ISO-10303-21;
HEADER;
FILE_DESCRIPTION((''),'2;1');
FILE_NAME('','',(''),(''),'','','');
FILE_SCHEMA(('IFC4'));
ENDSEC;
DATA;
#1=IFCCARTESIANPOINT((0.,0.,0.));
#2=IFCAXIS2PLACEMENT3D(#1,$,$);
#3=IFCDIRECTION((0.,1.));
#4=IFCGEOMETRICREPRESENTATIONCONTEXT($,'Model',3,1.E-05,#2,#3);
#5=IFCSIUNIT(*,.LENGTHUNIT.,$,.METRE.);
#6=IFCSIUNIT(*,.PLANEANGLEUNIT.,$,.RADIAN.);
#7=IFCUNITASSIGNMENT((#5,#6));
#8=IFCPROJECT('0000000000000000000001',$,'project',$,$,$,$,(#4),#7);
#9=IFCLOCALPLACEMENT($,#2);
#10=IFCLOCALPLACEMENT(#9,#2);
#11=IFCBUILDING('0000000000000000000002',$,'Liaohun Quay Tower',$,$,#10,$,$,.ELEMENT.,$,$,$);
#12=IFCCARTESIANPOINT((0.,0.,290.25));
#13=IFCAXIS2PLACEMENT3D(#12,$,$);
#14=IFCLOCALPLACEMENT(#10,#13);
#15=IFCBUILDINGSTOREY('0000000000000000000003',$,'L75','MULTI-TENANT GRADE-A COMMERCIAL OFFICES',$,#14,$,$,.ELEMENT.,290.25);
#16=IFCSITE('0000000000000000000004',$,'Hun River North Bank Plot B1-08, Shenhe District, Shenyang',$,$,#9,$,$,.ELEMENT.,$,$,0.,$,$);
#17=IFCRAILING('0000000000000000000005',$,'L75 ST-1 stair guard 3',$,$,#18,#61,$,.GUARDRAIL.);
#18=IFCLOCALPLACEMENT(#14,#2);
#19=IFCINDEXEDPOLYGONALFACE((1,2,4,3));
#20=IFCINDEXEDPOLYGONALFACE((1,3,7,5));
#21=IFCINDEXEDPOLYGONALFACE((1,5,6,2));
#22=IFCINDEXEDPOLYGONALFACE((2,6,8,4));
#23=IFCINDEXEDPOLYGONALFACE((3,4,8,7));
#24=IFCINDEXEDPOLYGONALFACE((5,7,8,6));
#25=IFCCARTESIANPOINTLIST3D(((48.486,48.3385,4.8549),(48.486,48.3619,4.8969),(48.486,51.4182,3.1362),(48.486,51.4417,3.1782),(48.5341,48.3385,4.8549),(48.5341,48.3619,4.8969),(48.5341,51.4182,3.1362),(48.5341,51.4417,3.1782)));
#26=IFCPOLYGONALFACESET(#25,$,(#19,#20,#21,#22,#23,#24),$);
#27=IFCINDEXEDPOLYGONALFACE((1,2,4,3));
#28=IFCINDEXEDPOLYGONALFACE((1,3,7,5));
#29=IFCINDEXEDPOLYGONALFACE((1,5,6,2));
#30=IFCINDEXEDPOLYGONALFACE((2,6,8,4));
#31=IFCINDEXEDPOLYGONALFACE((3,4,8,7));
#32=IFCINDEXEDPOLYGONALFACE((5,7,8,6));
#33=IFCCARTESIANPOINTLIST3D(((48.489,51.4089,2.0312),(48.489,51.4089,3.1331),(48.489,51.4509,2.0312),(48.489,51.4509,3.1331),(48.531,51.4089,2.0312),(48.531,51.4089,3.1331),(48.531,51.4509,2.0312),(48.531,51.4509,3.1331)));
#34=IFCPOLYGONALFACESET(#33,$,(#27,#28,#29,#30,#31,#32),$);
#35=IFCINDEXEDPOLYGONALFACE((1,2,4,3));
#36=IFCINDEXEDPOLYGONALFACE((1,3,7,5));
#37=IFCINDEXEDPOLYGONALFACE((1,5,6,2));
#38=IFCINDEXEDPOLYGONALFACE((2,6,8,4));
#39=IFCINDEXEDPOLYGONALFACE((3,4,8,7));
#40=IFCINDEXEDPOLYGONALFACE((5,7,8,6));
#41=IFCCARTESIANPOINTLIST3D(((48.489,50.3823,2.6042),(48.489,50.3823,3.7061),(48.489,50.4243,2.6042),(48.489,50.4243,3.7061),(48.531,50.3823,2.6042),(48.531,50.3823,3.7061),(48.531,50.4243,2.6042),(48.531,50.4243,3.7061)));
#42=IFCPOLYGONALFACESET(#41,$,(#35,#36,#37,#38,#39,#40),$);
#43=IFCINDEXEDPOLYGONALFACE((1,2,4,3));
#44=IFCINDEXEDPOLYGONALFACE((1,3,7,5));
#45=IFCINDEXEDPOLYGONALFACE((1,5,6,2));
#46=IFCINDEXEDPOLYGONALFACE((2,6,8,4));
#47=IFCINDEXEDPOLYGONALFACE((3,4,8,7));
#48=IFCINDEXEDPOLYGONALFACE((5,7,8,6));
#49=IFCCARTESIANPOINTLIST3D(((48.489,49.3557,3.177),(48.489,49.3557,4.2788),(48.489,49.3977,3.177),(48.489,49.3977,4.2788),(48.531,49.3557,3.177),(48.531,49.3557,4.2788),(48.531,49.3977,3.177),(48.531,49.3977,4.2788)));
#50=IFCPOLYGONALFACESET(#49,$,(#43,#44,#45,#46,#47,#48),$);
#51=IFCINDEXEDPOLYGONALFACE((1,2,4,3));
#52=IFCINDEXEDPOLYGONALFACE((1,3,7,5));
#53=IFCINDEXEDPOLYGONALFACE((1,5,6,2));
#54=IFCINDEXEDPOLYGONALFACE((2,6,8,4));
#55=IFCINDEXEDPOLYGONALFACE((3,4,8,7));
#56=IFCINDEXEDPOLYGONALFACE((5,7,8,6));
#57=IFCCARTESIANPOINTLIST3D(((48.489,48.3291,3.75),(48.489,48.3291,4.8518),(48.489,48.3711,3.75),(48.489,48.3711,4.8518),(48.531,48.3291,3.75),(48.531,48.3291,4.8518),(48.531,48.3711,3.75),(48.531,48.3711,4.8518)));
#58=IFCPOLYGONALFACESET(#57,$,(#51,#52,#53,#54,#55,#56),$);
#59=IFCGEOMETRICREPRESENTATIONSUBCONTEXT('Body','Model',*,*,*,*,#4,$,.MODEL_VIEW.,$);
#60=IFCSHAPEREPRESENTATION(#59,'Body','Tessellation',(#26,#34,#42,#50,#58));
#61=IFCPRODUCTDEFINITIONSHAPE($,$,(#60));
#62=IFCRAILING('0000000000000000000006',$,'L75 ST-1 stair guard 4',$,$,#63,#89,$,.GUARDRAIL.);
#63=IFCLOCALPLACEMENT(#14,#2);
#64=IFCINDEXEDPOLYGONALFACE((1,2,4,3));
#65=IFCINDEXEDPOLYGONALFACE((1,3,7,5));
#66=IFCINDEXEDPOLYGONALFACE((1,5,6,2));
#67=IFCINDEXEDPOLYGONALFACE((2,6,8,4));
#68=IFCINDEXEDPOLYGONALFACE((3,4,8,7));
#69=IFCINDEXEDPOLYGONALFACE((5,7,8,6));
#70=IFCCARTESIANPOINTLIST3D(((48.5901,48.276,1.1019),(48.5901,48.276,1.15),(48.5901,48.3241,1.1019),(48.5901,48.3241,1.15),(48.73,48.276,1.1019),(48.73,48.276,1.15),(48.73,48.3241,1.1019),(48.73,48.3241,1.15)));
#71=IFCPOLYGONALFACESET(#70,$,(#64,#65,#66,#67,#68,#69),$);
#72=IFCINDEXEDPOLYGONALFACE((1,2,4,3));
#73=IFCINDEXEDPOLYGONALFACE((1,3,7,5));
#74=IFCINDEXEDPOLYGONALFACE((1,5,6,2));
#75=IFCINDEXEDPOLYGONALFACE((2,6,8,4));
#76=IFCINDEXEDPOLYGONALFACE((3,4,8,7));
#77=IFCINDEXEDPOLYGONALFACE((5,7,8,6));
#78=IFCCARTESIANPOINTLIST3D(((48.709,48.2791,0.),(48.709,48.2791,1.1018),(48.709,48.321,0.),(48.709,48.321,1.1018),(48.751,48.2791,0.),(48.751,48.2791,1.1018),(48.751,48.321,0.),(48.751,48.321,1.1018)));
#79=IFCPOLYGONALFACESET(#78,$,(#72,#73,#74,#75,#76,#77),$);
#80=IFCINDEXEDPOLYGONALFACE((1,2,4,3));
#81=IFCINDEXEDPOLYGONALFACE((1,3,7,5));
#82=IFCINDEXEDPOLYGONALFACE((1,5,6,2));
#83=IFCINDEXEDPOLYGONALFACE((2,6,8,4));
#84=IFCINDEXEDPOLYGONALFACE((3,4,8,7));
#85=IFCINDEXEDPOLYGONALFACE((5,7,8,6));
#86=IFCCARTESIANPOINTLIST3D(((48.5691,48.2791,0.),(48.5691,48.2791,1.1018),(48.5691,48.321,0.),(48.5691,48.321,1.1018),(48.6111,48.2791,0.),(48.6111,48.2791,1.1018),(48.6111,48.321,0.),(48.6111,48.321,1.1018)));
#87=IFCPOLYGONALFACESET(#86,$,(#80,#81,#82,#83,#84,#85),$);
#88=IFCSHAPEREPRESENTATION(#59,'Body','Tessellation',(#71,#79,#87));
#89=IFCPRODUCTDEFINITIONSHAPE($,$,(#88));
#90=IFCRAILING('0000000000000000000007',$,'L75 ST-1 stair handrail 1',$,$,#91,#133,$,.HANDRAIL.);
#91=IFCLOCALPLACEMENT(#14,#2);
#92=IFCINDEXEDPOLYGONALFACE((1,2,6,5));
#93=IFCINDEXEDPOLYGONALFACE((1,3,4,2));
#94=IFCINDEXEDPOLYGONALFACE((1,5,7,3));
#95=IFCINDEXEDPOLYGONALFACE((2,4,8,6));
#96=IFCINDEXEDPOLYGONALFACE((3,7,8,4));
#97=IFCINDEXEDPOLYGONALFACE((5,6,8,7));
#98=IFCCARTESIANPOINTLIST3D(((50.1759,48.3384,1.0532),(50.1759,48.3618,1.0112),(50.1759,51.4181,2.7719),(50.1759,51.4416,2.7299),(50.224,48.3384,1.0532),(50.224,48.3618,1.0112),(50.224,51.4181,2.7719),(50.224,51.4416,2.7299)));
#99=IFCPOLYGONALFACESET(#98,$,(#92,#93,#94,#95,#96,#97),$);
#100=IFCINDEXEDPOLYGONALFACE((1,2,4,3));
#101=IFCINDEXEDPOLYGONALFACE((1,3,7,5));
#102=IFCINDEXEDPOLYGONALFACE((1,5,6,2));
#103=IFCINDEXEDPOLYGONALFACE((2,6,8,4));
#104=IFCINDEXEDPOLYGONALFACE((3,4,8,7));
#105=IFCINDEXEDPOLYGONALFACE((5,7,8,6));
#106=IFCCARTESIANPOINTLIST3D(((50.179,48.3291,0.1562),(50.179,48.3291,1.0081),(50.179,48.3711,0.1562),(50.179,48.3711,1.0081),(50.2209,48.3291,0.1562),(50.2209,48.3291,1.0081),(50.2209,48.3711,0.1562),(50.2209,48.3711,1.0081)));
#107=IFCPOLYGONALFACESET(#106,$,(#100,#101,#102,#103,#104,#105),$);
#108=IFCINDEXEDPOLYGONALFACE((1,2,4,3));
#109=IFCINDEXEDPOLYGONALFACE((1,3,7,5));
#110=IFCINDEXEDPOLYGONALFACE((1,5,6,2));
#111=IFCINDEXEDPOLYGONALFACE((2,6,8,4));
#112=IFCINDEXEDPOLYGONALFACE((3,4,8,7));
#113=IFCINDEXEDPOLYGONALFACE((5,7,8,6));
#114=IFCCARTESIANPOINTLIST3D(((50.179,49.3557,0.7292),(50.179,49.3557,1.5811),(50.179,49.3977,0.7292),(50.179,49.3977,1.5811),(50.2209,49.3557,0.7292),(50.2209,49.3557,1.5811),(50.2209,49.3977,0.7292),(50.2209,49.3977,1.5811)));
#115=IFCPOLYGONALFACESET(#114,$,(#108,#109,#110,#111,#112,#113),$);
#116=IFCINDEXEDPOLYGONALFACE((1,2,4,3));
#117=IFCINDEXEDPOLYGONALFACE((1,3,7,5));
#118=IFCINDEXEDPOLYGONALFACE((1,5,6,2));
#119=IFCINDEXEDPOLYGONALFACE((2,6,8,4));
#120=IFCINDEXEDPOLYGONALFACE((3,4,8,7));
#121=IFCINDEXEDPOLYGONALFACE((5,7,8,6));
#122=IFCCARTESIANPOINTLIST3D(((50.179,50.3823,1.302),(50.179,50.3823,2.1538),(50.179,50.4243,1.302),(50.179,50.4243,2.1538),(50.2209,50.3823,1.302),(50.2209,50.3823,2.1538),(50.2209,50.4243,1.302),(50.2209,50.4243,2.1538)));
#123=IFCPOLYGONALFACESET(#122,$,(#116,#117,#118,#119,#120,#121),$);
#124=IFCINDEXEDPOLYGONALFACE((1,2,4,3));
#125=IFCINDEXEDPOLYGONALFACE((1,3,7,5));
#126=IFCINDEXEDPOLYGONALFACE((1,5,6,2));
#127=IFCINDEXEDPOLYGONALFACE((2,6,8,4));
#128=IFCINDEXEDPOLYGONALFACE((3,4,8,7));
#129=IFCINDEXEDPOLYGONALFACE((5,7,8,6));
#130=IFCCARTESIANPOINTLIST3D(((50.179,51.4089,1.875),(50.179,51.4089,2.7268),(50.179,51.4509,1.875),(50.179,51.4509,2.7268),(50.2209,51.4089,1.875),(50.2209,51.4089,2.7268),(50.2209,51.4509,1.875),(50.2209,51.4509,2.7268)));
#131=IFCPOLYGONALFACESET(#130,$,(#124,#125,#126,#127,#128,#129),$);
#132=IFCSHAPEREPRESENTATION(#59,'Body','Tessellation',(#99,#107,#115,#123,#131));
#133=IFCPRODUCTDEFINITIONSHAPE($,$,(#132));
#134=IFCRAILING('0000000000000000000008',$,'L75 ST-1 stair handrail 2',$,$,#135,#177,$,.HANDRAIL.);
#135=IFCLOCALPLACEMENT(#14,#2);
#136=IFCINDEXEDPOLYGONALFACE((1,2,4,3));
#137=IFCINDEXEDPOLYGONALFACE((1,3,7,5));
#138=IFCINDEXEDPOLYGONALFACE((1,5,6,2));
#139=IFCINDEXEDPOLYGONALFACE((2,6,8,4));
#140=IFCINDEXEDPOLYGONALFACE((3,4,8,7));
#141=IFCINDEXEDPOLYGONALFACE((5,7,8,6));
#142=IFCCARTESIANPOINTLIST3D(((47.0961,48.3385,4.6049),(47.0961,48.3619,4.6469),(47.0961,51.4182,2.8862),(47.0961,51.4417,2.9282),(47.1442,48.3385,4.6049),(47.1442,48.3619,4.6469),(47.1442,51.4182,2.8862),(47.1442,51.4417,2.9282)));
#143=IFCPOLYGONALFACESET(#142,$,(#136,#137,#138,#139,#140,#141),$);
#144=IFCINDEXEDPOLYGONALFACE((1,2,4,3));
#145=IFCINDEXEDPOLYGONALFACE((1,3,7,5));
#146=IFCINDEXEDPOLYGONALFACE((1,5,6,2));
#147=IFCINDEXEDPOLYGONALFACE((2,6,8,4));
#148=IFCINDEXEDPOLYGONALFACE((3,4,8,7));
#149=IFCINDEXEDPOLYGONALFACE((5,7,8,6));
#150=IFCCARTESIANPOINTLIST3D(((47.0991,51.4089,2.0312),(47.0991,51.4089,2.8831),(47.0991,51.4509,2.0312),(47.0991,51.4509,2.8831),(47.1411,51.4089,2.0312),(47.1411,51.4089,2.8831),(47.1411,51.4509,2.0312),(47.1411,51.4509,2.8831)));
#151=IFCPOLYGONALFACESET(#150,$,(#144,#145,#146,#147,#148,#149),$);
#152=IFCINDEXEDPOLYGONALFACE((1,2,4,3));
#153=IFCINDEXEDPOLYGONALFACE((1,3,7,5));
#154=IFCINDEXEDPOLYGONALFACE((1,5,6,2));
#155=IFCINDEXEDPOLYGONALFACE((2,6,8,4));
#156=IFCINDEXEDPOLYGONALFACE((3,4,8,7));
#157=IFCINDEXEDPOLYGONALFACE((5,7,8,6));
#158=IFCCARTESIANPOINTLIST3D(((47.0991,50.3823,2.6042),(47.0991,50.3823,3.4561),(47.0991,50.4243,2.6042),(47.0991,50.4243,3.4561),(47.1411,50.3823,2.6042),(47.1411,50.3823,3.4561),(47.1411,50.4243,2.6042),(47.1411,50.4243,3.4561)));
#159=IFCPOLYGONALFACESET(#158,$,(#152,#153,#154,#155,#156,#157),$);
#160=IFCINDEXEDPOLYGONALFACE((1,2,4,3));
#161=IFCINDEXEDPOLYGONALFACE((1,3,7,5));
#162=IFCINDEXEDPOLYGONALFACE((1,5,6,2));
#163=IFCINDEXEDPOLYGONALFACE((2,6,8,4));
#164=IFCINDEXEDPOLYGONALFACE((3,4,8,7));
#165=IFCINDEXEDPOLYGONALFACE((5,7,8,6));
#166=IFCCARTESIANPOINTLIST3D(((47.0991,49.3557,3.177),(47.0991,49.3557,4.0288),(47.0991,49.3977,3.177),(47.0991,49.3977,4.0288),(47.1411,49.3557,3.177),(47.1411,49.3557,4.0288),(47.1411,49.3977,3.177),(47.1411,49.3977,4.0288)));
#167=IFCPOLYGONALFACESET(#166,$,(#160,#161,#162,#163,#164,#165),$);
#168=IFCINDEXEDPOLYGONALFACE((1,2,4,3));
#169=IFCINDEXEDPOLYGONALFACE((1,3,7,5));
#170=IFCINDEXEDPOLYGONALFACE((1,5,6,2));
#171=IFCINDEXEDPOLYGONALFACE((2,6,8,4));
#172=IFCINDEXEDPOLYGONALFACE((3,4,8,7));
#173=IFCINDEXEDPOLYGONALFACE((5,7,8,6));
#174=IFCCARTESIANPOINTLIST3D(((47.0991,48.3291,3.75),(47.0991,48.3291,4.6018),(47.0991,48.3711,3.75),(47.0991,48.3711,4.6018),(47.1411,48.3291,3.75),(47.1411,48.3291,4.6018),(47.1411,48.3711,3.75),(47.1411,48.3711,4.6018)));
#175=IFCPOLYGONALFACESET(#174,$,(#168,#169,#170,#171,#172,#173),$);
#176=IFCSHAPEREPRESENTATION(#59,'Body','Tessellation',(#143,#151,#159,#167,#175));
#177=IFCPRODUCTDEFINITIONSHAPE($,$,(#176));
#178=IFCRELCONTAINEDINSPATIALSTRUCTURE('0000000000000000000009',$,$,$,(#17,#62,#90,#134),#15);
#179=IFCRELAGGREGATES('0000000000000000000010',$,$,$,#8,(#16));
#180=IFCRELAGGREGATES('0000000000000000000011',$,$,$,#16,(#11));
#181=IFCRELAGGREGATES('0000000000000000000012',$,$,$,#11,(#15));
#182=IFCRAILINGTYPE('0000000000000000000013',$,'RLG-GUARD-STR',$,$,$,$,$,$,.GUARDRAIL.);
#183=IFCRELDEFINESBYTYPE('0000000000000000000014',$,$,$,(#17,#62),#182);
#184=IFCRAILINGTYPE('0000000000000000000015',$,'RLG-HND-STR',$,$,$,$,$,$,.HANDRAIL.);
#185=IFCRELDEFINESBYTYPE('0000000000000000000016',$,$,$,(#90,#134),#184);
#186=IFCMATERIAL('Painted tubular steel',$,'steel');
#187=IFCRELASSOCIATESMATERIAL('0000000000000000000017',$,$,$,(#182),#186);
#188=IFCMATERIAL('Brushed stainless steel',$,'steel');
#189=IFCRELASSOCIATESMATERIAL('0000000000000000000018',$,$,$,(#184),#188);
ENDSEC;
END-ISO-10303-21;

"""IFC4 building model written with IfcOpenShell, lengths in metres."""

from ifc_helpers import new_model, si_unit, direction, frame, origin, origin_2d, place, context, subcontext, project, spatial, rectangle, extrude, material, type_object, element, save


model = new_model("IFC4")

# Units and contexts
model_context = context("Model", 3, precision=1e-05, world=origin(), true_north=direction((0.0, 1.0)))
body_context = subcontext(model_context, "Body", "Model", "MODEL_VIEW")
ifc_project = project(units=[si_unit("LENGTHUNIT", "METRE"), si_unit("PLANEANGLEUNIT", "RADIAN")], contexts=[model_context])

# Site, building, storey
site_placement = place(None, origin())
site = spatial("IfcSite", under=ifc_project, at=site_placement, Name="Hun River North Bank Plot B1-08, Shenhe District, Shenyang", CompositionType="ELEMENT", RefElevation=0.0)
building_placement = place(site_placement, origin())
building = spatial("IfcBuilding", under=site, at=building_placement, Name="Liaohun Quay Tower", CompositionType="ELEMENT")
storey_placement = place(building_placement, frame((0.0, 0.0, 290.25)))
storey = spatial("IfcBuildingStorey", under=building, at=storey_placement, Name="L75", Description="MULTI-TENANT GRADE-A COMMERCIAL OFFICES", CompositionType="ELEMENT", Elevation=290.25)

# Railings
ifc_material_1 = material(Name="Painted tubular steel", Category="steel")
railing_type_1 = type_object("IfcRailingType", Name="RLG-GUARD-STR", PredefinedType="GUARDRAIL", material=ifc_material_1)
railing_1_placement = place(storey_placement, frame((48.51, 51.4299, 2.0312)))
element("IfcRailing", 1, at=railing_1_placement, inside=storey, type_object=railing_type_1, Name="L75 ST-1 stair guard 3", PredefinedType="GUARDRAIL", context=body_context, shape_type="SweptSolid", body=[
    extrude(rectangle(XDim=0.0481, YDim=0.0481, at=origin_2d()), frame((0.0, 0.0, 1.126), z_axis=(0.0, -0.873225, 0.487317), x_axis=(1.0, 0.0, 0.0)), (0.0, 0.0, 1.0), 3.5269),
    extrude(rectangle(XDim=0.042, YDim=0.042, at=origin_2d()), origin(), (0.0, 0.0, 1.0), 1.1018),
    extrude(rectangle(XDim=0.042, YDim=0.042, at=origin_2d()), frame((0.0, -1.0266, 0.573)), (0.0, 0.0, 1.0), 1.1018),
    extrude(rectangle(XDim=0.042, YDim=0.042, at=origin_2d()), frame((0.0, -2.0532, 1.1458)), (0.0, 0.0, 1.0), 1.1018),
    extrude(rectangle(XDim=0.042, YDim=0.042, at=origin_2d()), frame((0.0, -3.0798, 1.7188)), (0.0, 0.0, 1.0), 1.1018),
])
railing_2_placement = place(storey_placement, frame((48.73, 48.3, 0.0)))
element("IfcRailing", 2, at=railing_2_placement, inside=storey, type_object=railing_type_1, Name="L75 ST-1 stair guard 4", PredefinedType="GUARDRAIL", context=body_context, shape_type="SweptSolid", body=[
    extrude(rectangle(XDim=0.0481, YDim=0.0481, at=origin_2d()), frame((0.0, 0.0, 1.126), z_axis=(-1.0, 0.0, 0.0), x_axis=(0.0, -1.0, 0.0)), (0.0, 0.0, 1.0), 0.1399),
    extrude(rectangle(XDim=0.042, YDim=0.042, at=origin_2d()), origin(), (0.0, 0.0, 1.0), 1.1018),
    extrude(rectangle(XDim=0.042, YDim=0.042, at=origin_2d()), frame((-0.1399, 0.0, 0.0)), (0.0, 0.0, 1.0), 1.1018),
])
ifc_material_2 = material(Name="Brushed stainless steel", Category="steel")
railing_type_2 = type_object("IfcRailingType", Name="RLG-HND-STR", PredefinedType="HANDRAIL", material=ifc_material_2)
railing_3_placement = place(storey_placement, frame((50.2, 48.3501, 0.1562)))
element("IfcRailing", 3, at=railing_3_placement, inside=storey, type_object=railing_type_2, Name="L75 ST-1 stair handrail 1", PredefinedType="HANDRAIL", context=body_context, shape_type="SweptSolid", body=[
    extrude(rectangle(XDim=0.0481, YDim=0.0481, at=origin_2d()), frame((0.0, 0.0, 0.876), z_axis=(0.0, 0.873225, 0.487317), x_axis=(-1.0, 0.0, 0.0)), (0.0, 0.0, 1.0), 3.5269),
    extrude(rectangle(XDim=0.042, YDim=0.042, at=origin_2d()), origin(), (0.0, 0.0, 1.0), 0.8518),
    extrude(rectangle(XDim=0.042, YDim=0.042, at=origin_2d()), frame((0.0, 1.0266, 0.573)), (0.0, 0.0, 1.0), 0.8518),
    extrude(rectangle(XDim=0.042, YDim=0.042, at=origin_2d()), frame((0.0, 2.0532, 1.1458)), (0.0, 0.0, 1.0), 0.8518),
    extrude(rectangle(XDim=0.042, YDim=0.042, at=origin_2d()), frame((0.0, 3.0798, 1.7188)), (0.0, 0.0, 1.0), 0.8518),
])
railing_4_placement = place(storey_placement, frame((47.1201, 51.4299, 2.0312)))
element("IfcRailing", 4, at=railing_4_placement, inside=storey, type_object=railing_type_2, Name="L75 ST-1 stair handrail 2", PredefinedType="HANDRAIL", context=body_context, shape_type="SweptSolid", body=[
    extrude(rectangle(XDim=0.0481, YDim=0.0481, at=origin_2d()), frame((0.0, 0.0, 0.876), z_axis=(0.0, -0.873225, 0.487317), x_axis=(1.0, 0.0, 0.0)), (0.0, 0.0, 1.0), 3.5269),
    extrude(rectangle(XDim=0.042, YDim=0.042, at=origin_2d()), origin(), (0.0, 0.0, 1.0), 0.8518),
    extrude(rectangle(XDim=0.042, YDim=0.042, at=origin_2d()), frame((0.0, -1.0266, 0.573)), (0.0, 0.0, 1.0), 0.8518),
    extrude(rectangle(XDim=0.042, YDim=0.042, at=origin_2d()), frame((0.0, -2.0532, 1.1458)), (0.0, 0.0, 1.0), 0.8518),
    extrude(rectangle(XDim=0.042, YDim=0.042, at=origin_2d()), frame((0.0, -3.0798, 1.7188)), (0.0, 0.0, 1.0), 0.8518),
])

save(model, "model.ifc")
